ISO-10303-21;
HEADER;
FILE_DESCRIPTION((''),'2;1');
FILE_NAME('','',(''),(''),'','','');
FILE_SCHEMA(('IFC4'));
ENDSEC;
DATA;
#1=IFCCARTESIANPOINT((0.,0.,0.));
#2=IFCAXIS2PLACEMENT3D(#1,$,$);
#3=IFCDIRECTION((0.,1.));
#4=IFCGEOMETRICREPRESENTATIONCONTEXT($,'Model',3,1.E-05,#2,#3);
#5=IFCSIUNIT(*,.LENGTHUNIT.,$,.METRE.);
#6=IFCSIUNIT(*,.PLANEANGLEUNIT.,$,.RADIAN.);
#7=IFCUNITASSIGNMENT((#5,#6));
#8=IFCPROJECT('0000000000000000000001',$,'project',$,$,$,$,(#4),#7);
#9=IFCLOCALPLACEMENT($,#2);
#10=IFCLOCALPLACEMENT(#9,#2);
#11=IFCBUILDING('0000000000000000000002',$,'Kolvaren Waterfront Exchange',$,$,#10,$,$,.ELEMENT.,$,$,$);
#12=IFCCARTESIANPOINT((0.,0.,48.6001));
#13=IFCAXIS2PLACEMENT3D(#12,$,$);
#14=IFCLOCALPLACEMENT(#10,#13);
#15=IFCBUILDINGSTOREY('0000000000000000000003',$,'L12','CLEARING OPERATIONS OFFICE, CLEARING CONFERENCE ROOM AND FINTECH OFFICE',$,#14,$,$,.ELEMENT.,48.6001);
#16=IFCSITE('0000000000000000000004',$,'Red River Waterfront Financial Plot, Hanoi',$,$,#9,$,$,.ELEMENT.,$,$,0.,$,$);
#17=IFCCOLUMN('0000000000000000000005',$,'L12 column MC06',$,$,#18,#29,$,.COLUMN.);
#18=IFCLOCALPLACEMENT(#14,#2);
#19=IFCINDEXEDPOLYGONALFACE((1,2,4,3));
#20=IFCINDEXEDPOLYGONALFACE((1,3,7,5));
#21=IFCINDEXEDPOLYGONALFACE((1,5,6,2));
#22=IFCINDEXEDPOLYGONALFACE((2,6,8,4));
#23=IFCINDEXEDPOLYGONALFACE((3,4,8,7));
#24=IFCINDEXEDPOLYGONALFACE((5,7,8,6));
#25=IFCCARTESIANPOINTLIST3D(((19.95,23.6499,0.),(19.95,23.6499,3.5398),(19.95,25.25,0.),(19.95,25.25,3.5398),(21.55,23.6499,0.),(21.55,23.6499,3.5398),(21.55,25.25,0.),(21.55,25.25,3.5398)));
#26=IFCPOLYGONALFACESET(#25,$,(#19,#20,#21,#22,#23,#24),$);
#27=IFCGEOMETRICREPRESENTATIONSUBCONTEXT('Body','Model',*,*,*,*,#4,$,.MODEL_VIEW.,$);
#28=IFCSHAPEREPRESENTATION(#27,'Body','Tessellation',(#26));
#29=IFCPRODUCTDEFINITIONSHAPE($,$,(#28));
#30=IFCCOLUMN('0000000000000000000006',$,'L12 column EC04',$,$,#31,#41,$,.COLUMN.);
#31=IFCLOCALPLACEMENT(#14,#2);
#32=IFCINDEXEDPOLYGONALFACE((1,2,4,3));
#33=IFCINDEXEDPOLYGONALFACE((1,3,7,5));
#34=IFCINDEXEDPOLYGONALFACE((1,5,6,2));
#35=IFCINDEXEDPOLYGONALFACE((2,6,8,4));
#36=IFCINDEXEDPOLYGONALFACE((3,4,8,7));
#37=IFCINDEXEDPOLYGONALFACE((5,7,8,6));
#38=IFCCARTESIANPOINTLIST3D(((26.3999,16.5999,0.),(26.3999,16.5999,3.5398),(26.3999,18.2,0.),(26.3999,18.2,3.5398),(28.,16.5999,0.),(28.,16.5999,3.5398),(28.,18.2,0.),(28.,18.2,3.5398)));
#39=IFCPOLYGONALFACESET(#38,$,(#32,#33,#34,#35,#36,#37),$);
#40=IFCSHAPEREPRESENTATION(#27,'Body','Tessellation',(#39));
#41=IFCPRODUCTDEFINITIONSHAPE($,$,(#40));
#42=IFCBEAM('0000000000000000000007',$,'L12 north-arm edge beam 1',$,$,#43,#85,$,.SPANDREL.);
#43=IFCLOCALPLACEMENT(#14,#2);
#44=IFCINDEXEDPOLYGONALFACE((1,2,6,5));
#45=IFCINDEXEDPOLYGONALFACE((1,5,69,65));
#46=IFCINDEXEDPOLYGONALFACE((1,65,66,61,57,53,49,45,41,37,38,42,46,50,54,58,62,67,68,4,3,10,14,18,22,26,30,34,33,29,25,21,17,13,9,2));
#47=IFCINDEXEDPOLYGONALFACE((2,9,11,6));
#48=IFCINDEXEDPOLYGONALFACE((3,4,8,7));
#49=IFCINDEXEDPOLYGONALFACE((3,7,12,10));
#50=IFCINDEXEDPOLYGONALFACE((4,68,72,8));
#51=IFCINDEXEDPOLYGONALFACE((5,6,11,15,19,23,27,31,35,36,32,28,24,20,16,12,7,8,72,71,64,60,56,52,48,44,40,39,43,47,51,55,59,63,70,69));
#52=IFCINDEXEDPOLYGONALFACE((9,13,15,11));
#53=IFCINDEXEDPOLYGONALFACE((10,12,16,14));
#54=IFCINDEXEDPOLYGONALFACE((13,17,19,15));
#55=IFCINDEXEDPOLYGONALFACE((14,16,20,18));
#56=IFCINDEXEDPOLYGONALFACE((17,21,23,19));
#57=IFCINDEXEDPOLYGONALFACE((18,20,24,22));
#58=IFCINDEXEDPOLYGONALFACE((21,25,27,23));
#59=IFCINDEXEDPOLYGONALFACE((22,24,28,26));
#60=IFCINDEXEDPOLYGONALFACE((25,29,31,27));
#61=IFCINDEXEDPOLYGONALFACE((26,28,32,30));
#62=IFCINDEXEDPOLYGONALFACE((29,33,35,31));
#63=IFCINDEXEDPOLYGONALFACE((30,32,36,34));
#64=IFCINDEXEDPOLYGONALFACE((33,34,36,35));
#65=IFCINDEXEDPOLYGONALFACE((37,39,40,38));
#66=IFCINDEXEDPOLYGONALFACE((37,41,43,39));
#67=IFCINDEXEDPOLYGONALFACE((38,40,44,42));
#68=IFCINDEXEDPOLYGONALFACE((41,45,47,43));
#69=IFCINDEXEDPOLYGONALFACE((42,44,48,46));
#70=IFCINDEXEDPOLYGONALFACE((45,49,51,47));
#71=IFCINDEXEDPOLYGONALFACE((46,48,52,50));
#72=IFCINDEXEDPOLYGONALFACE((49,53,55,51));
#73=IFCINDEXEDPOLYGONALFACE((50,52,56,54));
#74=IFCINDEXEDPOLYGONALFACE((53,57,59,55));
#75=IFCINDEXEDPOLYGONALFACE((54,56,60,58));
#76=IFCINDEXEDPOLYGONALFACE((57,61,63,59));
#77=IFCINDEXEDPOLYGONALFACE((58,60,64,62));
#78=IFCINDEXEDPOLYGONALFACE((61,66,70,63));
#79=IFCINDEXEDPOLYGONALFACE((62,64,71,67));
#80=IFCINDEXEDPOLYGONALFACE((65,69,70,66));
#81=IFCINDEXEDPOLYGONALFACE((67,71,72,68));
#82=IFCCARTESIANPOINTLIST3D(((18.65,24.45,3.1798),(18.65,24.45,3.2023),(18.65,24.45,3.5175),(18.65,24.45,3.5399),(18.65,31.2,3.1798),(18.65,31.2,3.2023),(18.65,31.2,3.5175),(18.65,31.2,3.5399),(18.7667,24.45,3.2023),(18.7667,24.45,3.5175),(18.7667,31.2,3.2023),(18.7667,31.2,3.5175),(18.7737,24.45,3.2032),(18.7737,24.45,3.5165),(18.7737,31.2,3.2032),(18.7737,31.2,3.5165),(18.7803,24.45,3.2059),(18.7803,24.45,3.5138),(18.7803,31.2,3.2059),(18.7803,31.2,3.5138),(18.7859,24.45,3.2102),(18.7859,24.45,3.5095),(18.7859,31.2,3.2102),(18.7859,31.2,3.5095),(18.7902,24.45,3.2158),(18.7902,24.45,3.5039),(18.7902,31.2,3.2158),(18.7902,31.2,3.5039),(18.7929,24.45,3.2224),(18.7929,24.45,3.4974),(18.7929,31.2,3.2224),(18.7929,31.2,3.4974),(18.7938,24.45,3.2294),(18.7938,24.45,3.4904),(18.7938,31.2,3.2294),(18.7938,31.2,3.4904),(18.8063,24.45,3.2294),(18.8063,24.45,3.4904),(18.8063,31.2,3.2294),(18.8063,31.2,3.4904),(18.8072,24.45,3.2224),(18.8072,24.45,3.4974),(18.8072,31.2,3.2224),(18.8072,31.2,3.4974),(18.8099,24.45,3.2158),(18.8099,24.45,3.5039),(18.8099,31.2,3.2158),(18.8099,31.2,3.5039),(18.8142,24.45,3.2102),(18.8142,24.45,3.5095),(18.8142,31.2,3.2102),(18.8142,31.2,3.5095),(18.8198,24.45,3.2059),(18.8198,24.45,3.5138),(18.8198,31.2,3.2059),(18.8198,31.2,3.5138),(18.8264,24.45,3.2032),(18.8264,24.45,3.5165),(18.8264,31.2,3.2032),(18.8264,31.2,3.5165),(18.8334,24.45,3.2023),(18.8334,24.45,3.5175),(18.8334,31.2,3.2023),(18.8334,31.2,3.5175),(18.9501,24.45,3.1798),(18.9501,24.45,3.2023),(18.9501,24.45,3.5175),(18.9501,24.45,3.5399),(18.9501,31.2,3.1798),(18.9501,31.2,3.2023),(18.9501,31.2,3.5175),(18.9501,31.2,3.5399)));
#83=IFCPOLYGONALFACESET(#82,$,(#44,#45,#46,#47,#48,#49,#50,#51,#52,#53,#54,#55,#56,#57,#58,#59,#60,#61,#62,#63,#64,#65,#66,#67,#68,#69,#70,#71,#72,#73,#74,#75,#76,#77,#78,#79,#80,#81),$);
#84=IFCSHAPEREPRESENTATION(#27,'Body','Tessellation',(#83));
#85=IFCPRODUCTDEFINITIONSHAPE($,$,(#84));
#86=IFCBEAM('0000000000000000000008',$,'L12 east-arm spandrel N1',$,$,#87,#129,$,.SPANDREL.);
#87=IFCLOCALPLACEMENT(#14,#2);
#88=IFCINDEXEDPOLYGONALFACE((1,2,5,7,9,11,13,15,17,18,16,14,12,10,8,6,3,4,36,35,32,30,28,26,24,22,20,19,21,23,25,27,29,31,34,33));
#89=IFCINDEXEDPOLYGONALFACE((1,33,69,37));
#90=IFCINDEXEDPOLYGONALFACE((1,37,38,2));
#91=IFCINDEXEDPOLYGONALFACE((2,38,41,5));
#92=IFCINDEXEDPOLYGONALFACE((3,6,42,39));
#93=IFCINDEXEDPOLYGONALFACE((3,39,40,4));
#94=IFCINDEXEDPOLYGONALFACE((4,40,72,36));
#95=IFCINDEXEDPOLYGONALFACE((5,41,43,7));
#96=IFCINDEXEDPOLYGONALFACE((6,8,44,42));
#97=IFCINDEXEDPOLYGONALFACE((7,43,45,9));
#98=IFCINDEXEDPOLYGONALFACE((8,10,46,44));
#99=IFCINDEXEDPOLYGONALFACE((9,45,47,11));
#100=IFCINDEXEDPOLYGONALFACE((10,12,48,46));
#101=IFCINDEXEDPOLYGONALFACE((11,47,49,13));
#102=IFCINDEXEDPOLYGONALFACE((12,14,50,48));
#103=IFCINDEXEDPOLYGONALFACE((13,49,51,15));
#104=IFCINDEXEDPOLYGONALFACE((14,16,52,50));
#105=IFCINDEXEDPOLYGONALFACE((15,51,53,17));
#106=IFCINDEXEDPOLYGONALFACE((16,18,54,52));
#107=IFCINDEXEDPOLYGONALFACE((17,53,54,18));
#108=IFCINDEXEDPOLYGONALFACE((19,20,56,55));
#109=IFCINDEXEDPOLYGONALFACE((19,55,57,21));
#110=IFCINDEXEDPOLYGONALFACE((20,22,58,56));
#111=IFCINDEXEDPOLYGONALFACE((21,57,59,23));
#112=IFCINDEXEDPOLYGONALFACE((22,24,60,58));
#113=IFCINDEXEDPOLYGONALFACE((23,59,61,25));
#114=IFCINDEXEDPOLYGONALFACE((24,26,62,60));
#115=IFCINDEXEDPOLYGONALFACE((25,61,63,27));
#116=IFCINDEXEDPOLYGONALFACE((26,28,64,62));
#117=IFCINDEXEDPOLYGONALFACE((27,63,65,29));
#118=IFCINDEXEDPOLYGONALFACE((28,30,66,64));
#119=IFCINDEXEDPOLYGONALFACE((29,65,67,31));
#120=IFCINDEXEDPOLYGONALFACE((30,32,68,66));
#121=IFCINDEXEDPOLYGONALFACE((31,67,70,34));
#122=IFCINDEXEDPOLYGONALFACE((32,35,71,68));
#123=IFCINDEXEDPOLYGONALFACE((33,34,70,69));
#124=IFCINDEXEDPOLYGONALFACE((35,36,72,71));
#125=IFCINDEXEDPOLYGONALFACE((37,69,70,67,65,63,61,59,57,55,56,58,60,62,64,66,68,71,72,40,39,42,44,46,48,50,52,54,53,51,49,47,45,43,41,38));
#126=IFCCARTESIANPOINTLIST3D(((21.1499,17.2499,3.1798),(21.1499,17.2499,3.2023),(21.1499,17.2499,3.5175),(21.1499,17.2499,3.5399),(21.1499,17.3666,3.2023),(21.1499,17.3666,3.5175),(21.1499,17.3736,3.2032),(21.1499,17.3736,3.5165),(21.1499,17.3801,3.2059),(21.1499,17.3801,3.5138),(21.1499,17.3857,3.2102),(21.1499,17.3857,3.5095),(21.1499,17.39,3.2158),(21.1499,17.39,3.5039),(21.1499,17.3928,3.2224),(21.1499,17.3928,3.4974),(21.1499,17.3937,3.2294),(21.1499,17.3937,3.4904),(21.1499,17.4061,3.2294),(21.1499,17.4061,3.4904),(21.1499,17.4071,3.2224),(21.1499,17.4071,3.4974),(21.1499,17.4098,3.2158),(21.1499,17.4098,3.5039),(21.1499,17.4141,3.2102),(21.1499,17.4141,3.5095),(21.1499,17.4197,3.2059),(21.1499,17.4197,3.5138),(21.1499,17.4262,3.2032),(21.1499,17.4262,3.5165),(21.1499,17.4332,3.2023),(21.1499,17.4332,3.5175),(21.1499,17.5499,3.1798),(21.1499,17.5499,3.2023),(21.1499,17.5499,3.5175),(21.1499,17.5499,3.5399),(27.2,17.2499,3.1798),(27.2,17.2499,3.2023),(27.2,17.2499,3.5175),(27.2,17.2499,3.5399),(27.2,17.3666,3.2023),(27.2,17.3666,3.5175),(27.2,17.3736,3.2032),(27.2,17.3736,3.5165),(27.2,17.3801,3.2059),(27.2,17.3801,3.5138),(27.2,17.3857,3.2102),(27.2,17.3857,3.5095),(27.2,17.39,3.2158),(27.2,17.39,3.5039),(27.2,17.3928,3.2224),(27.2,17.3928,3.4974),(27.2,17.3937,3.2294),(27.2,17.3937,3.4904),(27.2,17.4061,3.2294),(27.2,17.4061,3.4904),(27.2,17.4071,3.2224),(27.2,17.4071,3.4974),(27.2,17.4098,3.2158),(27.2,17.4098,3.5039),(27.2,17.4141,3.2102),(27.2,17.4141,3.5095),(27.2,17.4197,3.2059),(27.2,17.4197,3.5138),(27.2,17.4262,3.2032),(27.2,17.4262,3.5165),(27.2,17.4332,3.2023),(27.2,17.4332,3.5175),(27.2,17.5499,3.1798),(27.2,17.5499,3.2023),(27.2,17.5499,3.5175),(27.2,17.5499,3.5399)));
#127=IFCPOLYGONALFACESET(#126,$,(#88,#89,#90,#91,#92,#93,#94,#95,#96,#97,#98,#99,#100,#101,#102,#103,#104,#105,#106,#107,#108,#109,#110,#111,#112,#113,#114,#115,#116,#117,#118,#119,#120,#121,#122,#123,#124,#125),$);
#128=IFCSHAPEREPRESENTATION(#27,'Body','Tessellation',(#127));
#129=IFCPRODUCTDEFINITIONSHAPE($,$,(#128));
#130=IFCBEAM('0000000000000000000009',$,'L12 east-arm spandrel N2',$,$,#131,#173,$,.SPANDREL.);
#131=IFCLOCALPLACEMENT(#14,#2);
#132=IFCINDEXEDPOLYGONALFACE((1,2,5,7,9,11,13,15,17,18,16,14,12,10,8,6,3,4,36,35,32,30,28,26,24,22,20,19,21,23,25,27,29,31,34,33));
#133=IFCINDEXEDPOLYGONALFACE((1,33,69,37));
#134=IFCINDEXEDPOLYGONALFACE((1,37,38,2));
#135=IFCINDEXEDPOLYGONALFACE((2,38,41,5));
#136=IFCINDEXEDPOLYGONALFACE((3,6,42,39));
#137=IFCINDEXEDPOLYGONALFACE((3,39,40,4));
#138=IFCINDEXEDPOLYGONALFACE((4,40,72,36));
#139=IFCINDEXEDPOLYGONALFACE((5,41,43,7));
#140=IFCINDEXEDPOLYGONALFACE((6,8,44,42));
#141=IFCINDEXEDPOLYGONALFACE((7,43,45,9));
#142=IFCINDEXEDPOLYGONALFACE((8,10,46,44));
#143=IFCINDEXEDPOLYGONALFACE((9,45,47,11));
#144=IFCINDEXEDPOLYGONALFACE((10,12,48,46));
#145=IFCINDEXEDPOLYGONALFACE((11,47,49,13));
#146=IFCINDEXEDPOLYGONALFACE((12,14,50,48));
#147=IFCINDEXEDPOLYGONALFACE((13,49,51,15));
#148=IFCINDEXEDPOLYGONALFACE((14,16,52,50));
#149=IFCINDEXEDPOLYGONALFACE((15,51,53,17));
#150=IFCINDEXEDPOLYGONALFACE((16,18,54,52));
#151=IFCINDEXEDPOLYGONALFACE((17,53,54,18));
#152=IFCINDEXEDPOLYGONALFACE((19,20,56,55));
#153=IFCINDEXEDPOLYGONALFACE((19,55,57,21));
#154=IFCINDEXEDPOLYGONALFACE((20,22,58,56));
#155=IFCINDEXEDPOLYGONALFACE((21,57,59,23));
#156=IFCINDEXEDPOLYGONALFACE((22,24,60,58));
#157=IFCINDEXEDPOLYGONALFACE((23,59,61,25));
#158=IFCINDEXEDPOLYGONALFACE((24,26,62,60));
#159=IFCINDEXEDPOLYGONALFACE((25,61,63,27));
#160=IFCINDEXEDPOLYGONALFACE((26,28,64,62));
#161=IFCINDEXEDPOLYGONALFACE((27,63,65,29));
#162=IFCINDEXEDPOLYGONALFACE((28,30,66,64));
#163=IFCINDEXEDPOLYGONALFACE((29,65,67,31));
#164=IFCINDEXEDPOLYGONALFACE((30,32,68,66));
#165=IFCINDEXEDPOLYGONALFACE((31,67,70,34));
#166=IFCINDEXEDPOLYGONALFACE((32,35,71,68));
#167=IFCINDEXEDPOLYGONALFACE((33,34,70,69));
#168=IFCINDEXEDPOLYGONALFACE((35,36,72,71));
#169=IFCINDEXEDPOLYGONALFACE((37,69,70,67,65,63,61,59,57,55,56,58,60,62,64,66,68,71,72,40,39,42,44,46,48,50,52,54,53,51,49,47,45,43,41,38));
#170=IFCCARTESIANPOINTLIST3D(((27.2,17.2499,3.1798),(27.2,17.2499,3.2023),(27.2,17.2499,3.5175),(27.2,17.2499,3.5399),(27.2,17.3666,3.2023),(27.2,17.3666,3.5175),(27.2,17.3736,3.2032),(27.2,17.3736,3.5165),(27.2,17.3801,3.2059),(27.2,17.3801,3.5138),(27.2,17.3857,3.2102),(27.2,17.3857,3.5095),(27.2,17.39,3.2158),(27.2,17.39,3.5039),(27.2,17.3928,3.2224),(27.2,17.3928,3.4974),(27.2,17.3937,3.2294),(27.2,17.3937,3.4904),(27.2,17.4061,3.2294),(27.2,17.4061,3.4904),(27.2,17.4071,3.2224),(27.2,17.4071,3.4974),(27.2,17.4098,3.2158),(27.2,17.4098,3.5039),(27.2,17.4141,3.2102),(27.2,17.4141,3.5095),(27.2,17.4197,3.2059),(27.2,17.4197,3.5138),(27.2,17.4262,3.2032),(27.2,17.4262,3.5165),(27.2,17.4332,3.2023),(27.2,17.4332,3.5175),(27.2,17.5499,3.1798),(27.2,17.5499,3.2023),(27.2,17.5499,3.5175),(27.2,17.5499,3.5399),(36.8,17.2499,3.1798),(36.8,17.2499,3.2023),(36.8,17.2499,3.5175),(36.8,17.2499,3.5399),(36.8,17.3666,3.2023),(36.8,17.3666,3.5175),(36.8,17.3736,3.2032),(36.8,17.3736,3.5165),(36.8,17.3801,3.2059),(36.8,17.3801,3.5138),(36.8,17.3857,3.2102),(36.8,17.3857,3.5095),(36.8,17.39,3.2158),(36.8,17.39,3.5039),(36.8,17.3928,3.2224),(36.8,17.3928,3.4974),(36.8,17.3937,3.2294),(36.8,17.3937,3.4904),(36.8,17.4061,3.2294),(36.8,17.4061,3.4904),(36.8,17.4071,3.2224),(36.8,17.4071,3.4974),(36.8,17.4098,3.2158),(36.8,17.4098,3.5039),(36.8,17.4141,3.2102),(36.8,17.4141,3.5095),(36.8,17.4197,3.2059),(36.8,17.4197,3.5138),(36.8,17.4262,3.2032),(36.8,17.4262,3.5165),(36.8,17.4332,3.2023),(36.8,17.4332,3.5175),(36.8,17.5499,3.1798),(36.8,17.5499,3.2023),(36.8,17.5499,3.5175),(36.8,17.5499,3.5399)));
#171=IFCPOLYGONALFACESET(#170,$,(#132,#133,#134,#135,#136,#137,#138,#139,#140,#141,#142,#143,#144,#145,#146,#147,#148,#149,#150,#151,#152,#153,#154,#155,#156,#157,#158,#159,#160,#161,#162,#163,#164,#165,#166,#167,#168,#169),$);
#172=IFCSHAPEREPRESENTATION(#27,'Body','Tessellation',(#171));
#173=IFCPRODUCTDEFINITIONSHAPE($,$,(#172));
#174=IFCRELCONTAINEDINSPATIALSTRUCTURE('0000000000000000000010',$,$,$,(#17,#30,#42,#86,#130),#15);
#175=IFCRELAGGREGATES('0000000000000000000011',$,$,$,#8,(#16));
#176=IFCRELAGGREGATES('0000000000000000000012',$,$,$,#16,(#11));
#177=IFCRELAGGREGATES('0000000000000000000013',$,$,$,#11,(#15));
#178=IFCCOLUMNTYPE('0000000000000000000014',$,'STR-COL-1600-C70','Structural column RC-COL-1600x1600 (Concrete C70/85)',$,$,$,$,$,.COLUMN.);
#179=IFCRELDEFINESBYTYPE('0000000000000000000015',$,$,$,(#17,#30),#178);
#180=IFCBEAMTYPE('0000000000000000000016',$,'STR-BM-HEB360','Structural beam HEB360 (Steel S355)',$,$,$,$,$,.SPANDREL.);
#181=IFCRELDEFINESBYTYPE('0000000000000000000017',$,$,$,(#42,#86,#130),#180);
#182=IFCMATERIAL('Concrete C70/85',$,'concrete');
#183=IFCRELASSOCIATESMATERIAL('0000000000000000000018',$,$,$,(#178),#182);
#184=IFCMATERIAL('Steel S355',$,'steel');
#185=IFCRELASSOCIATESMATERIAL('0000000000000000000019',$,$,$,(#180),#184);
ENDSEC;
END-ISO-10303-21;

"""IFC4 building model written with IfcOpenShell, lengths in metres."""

from ifc_helpers import new_model, si_unit, direction, frame, origin, origin_2d, place, context, subcontext, project, spatial, rectangle, i_section, extrude, material, material_profile, profile_set, type_object, element, save


model = new_model("IFC4")

# Units and contexts
model_context = context("Model", 3, precision=1e-05, world=origin(), true_north=direction((0.0, 1.0)))
body_context = subcontext(model_context, "Body", "Model", "MODEL_VIEW")
ifc_project = project(units=[si_unit("LENGTHUNIT", "METRE"), si_unit("PLANEANGLEUNIT", "RADIAN")], contexts=[model_context])

# Site, building, storey
site_placement = place(None, origin())
site = spatial("IfcSite", under=ifc_project, at=site_placement, Name="Red River Waterfront Financial Plot, Hanoi", CompositionType="ELEMENT", RefElevation=0.0)
building_placement = place(site_placement, origin())
building = spatial("IfcBuilding", under=site, at=building_placement, Name="Kolvaren Waterfront Exchange", CompositionType="ELEMENT")
storey_placement = place(building_placement, frame((0.0, 0.0, 48.6001)))
storey = spatial("IfcBuildingStorey", under=building, at=storey_placement, Name="L12", Description="CLEARING OPERATIONS OFFICE, CLEARING CONFERENCE ROOM AND FINTECH OFFICE", CompositionType="ELEMENT", Elevation=48.6001)

# Columns
ifc_material_1 = material(Name="Concrete C70/85", Category="concrete")
ifc_material_profile_1 = material_profile(ifc_material_1, rectangle(XDim=1.6001, YDim=1.6001, at=origin_2d()), Name="RC-COL-1600x1600")
ifc_profile_set_1 = profile_set([ifc_material_profile_1], Name="Concrete C70/85")
column_type = type_object("IfcColumnType", Name="STR-COL-1600-C70", Description="Structural column RC-COL-1600x1600 (Concrete C70/85)", PredefinedType="COLUMN", material=ifc_profile_set_1)
for number, where, z_axis, x_axis, name in (
    (1, (20.75, 24.45, 0.0), (0.0, 0.0, 1.0), (1.0, 0.0, 0.0), "L12 column MC06"),
    (2, (27.2, 17.3999, 0.0), (0.0, 0.0, 1.0), (1.0, 0.0, 0.0), "L12 column EC04"),
):
    element("IfcColumn", number, at=place(storey_placement, frame(where, z_axis=z_axis, x_axis=x_axis)), inside=storey, type_object=column_type, Name=name, PredefinedType="COLUMN", context=body_context, shape_type="SweptSolid", body=[
        extrude(rectangle(XDim=1.6001, YDim=1.6001, at=origin_2d()), origin(), (0.0, 0.0, 1.0), 3.5398),
    ])

# Beams
ifc_material_2 = material(Name="Steel S355", Category="steel")
ifc_material_profile_2 = material_profile(ifc_material_2, i_section(OverallWidth=0.3, OverallDepth=0.3601, WebThickness=0.0125, FlangeThickness=0.0225, FilletRadius=0.0271, at=origin_2d()), Name="HEB360")
ifc_profile_set_2 = profile_set([ifc_material_profile_2], Name="Steel S355")
beam_type_1 = type_object("IfcBeamType", Name="STR-BM-HEB360", Description="Structural beam HEB360 (Steel S355)", PredefinedType="SPANDREL", material=ifc_profile_set_2)
beam_1_placement = place(storey_placement, frame((18.8, 24.45, 3.3599), z_axis=(0.0, 1.0, 0.0), x_axis=(-1.0, 0.0, 0.0)))
element("IfcBeam", 3, at=beam_1_placement, inside=storey, type_object=beam_type_1, Name="L12 north-arm edge beam 1", PredefinedType="SPANDREL", context=body_context, shape_type="SweptSolid", body=[
    extrude(i_section(OverallWidth=0.3, OverallDepth=0.3601, WebThickness=0.0125, FlangeThickness=0.0225, FilletRadius=0.0271, at=origin_2d()), origin(), (0.0, 0.0, 1.0), 6.75),
])
beam_2_placement = place(storey_placement, frame((21.1499, 17.3999, 3.3599), z_axis=(1.0, 0.0, 0.0), x_axis=(0.0, 1.0, 0.0)))
element("IfcBeam", 4, at=beam_2_placement, inside=storey, type_object=beam_type_1, Name="L12 east-arm spandrel N1", PredefinedType="SPANDREL", context=body_context, shape_type="SweptSolid", body=[
    extrude(i_section(OverallWidth=0.3, OverallDepth=0.3601, WebThickness=0.0125, FlangeThickness=0.0225, FilletRadius=0.0271, at=origin_2d()), origin(), (0.0, 0.0, 1.0), 6.05),
])
beam_3_placement = place(storey_placement, frame((27.2, 17.3999, 3.3599), z_axis=(1.0, 0.0, 0.0), x_axis=(0.0, 1.0, 0.0)))
element("IfcBeam", 5, at=beam_3_placement, inside=storey, type_object=beam_type_1, Name="L12 east-arm spandrel N2", PredefinedType="SPANDREL", context=body_context, shape_type="SweptSolid", body=[
    extrude(i_section(OverallWidth=0.3, OverallDepth=0.3601, WebThickness=0.0125, FlangeThickness=0.0225, FilletRadius=0.0271, at=origin_2d()), origin(), (0.0, 0.0, 1.0), 9.6001),
])

save(model, "model.ifc")
